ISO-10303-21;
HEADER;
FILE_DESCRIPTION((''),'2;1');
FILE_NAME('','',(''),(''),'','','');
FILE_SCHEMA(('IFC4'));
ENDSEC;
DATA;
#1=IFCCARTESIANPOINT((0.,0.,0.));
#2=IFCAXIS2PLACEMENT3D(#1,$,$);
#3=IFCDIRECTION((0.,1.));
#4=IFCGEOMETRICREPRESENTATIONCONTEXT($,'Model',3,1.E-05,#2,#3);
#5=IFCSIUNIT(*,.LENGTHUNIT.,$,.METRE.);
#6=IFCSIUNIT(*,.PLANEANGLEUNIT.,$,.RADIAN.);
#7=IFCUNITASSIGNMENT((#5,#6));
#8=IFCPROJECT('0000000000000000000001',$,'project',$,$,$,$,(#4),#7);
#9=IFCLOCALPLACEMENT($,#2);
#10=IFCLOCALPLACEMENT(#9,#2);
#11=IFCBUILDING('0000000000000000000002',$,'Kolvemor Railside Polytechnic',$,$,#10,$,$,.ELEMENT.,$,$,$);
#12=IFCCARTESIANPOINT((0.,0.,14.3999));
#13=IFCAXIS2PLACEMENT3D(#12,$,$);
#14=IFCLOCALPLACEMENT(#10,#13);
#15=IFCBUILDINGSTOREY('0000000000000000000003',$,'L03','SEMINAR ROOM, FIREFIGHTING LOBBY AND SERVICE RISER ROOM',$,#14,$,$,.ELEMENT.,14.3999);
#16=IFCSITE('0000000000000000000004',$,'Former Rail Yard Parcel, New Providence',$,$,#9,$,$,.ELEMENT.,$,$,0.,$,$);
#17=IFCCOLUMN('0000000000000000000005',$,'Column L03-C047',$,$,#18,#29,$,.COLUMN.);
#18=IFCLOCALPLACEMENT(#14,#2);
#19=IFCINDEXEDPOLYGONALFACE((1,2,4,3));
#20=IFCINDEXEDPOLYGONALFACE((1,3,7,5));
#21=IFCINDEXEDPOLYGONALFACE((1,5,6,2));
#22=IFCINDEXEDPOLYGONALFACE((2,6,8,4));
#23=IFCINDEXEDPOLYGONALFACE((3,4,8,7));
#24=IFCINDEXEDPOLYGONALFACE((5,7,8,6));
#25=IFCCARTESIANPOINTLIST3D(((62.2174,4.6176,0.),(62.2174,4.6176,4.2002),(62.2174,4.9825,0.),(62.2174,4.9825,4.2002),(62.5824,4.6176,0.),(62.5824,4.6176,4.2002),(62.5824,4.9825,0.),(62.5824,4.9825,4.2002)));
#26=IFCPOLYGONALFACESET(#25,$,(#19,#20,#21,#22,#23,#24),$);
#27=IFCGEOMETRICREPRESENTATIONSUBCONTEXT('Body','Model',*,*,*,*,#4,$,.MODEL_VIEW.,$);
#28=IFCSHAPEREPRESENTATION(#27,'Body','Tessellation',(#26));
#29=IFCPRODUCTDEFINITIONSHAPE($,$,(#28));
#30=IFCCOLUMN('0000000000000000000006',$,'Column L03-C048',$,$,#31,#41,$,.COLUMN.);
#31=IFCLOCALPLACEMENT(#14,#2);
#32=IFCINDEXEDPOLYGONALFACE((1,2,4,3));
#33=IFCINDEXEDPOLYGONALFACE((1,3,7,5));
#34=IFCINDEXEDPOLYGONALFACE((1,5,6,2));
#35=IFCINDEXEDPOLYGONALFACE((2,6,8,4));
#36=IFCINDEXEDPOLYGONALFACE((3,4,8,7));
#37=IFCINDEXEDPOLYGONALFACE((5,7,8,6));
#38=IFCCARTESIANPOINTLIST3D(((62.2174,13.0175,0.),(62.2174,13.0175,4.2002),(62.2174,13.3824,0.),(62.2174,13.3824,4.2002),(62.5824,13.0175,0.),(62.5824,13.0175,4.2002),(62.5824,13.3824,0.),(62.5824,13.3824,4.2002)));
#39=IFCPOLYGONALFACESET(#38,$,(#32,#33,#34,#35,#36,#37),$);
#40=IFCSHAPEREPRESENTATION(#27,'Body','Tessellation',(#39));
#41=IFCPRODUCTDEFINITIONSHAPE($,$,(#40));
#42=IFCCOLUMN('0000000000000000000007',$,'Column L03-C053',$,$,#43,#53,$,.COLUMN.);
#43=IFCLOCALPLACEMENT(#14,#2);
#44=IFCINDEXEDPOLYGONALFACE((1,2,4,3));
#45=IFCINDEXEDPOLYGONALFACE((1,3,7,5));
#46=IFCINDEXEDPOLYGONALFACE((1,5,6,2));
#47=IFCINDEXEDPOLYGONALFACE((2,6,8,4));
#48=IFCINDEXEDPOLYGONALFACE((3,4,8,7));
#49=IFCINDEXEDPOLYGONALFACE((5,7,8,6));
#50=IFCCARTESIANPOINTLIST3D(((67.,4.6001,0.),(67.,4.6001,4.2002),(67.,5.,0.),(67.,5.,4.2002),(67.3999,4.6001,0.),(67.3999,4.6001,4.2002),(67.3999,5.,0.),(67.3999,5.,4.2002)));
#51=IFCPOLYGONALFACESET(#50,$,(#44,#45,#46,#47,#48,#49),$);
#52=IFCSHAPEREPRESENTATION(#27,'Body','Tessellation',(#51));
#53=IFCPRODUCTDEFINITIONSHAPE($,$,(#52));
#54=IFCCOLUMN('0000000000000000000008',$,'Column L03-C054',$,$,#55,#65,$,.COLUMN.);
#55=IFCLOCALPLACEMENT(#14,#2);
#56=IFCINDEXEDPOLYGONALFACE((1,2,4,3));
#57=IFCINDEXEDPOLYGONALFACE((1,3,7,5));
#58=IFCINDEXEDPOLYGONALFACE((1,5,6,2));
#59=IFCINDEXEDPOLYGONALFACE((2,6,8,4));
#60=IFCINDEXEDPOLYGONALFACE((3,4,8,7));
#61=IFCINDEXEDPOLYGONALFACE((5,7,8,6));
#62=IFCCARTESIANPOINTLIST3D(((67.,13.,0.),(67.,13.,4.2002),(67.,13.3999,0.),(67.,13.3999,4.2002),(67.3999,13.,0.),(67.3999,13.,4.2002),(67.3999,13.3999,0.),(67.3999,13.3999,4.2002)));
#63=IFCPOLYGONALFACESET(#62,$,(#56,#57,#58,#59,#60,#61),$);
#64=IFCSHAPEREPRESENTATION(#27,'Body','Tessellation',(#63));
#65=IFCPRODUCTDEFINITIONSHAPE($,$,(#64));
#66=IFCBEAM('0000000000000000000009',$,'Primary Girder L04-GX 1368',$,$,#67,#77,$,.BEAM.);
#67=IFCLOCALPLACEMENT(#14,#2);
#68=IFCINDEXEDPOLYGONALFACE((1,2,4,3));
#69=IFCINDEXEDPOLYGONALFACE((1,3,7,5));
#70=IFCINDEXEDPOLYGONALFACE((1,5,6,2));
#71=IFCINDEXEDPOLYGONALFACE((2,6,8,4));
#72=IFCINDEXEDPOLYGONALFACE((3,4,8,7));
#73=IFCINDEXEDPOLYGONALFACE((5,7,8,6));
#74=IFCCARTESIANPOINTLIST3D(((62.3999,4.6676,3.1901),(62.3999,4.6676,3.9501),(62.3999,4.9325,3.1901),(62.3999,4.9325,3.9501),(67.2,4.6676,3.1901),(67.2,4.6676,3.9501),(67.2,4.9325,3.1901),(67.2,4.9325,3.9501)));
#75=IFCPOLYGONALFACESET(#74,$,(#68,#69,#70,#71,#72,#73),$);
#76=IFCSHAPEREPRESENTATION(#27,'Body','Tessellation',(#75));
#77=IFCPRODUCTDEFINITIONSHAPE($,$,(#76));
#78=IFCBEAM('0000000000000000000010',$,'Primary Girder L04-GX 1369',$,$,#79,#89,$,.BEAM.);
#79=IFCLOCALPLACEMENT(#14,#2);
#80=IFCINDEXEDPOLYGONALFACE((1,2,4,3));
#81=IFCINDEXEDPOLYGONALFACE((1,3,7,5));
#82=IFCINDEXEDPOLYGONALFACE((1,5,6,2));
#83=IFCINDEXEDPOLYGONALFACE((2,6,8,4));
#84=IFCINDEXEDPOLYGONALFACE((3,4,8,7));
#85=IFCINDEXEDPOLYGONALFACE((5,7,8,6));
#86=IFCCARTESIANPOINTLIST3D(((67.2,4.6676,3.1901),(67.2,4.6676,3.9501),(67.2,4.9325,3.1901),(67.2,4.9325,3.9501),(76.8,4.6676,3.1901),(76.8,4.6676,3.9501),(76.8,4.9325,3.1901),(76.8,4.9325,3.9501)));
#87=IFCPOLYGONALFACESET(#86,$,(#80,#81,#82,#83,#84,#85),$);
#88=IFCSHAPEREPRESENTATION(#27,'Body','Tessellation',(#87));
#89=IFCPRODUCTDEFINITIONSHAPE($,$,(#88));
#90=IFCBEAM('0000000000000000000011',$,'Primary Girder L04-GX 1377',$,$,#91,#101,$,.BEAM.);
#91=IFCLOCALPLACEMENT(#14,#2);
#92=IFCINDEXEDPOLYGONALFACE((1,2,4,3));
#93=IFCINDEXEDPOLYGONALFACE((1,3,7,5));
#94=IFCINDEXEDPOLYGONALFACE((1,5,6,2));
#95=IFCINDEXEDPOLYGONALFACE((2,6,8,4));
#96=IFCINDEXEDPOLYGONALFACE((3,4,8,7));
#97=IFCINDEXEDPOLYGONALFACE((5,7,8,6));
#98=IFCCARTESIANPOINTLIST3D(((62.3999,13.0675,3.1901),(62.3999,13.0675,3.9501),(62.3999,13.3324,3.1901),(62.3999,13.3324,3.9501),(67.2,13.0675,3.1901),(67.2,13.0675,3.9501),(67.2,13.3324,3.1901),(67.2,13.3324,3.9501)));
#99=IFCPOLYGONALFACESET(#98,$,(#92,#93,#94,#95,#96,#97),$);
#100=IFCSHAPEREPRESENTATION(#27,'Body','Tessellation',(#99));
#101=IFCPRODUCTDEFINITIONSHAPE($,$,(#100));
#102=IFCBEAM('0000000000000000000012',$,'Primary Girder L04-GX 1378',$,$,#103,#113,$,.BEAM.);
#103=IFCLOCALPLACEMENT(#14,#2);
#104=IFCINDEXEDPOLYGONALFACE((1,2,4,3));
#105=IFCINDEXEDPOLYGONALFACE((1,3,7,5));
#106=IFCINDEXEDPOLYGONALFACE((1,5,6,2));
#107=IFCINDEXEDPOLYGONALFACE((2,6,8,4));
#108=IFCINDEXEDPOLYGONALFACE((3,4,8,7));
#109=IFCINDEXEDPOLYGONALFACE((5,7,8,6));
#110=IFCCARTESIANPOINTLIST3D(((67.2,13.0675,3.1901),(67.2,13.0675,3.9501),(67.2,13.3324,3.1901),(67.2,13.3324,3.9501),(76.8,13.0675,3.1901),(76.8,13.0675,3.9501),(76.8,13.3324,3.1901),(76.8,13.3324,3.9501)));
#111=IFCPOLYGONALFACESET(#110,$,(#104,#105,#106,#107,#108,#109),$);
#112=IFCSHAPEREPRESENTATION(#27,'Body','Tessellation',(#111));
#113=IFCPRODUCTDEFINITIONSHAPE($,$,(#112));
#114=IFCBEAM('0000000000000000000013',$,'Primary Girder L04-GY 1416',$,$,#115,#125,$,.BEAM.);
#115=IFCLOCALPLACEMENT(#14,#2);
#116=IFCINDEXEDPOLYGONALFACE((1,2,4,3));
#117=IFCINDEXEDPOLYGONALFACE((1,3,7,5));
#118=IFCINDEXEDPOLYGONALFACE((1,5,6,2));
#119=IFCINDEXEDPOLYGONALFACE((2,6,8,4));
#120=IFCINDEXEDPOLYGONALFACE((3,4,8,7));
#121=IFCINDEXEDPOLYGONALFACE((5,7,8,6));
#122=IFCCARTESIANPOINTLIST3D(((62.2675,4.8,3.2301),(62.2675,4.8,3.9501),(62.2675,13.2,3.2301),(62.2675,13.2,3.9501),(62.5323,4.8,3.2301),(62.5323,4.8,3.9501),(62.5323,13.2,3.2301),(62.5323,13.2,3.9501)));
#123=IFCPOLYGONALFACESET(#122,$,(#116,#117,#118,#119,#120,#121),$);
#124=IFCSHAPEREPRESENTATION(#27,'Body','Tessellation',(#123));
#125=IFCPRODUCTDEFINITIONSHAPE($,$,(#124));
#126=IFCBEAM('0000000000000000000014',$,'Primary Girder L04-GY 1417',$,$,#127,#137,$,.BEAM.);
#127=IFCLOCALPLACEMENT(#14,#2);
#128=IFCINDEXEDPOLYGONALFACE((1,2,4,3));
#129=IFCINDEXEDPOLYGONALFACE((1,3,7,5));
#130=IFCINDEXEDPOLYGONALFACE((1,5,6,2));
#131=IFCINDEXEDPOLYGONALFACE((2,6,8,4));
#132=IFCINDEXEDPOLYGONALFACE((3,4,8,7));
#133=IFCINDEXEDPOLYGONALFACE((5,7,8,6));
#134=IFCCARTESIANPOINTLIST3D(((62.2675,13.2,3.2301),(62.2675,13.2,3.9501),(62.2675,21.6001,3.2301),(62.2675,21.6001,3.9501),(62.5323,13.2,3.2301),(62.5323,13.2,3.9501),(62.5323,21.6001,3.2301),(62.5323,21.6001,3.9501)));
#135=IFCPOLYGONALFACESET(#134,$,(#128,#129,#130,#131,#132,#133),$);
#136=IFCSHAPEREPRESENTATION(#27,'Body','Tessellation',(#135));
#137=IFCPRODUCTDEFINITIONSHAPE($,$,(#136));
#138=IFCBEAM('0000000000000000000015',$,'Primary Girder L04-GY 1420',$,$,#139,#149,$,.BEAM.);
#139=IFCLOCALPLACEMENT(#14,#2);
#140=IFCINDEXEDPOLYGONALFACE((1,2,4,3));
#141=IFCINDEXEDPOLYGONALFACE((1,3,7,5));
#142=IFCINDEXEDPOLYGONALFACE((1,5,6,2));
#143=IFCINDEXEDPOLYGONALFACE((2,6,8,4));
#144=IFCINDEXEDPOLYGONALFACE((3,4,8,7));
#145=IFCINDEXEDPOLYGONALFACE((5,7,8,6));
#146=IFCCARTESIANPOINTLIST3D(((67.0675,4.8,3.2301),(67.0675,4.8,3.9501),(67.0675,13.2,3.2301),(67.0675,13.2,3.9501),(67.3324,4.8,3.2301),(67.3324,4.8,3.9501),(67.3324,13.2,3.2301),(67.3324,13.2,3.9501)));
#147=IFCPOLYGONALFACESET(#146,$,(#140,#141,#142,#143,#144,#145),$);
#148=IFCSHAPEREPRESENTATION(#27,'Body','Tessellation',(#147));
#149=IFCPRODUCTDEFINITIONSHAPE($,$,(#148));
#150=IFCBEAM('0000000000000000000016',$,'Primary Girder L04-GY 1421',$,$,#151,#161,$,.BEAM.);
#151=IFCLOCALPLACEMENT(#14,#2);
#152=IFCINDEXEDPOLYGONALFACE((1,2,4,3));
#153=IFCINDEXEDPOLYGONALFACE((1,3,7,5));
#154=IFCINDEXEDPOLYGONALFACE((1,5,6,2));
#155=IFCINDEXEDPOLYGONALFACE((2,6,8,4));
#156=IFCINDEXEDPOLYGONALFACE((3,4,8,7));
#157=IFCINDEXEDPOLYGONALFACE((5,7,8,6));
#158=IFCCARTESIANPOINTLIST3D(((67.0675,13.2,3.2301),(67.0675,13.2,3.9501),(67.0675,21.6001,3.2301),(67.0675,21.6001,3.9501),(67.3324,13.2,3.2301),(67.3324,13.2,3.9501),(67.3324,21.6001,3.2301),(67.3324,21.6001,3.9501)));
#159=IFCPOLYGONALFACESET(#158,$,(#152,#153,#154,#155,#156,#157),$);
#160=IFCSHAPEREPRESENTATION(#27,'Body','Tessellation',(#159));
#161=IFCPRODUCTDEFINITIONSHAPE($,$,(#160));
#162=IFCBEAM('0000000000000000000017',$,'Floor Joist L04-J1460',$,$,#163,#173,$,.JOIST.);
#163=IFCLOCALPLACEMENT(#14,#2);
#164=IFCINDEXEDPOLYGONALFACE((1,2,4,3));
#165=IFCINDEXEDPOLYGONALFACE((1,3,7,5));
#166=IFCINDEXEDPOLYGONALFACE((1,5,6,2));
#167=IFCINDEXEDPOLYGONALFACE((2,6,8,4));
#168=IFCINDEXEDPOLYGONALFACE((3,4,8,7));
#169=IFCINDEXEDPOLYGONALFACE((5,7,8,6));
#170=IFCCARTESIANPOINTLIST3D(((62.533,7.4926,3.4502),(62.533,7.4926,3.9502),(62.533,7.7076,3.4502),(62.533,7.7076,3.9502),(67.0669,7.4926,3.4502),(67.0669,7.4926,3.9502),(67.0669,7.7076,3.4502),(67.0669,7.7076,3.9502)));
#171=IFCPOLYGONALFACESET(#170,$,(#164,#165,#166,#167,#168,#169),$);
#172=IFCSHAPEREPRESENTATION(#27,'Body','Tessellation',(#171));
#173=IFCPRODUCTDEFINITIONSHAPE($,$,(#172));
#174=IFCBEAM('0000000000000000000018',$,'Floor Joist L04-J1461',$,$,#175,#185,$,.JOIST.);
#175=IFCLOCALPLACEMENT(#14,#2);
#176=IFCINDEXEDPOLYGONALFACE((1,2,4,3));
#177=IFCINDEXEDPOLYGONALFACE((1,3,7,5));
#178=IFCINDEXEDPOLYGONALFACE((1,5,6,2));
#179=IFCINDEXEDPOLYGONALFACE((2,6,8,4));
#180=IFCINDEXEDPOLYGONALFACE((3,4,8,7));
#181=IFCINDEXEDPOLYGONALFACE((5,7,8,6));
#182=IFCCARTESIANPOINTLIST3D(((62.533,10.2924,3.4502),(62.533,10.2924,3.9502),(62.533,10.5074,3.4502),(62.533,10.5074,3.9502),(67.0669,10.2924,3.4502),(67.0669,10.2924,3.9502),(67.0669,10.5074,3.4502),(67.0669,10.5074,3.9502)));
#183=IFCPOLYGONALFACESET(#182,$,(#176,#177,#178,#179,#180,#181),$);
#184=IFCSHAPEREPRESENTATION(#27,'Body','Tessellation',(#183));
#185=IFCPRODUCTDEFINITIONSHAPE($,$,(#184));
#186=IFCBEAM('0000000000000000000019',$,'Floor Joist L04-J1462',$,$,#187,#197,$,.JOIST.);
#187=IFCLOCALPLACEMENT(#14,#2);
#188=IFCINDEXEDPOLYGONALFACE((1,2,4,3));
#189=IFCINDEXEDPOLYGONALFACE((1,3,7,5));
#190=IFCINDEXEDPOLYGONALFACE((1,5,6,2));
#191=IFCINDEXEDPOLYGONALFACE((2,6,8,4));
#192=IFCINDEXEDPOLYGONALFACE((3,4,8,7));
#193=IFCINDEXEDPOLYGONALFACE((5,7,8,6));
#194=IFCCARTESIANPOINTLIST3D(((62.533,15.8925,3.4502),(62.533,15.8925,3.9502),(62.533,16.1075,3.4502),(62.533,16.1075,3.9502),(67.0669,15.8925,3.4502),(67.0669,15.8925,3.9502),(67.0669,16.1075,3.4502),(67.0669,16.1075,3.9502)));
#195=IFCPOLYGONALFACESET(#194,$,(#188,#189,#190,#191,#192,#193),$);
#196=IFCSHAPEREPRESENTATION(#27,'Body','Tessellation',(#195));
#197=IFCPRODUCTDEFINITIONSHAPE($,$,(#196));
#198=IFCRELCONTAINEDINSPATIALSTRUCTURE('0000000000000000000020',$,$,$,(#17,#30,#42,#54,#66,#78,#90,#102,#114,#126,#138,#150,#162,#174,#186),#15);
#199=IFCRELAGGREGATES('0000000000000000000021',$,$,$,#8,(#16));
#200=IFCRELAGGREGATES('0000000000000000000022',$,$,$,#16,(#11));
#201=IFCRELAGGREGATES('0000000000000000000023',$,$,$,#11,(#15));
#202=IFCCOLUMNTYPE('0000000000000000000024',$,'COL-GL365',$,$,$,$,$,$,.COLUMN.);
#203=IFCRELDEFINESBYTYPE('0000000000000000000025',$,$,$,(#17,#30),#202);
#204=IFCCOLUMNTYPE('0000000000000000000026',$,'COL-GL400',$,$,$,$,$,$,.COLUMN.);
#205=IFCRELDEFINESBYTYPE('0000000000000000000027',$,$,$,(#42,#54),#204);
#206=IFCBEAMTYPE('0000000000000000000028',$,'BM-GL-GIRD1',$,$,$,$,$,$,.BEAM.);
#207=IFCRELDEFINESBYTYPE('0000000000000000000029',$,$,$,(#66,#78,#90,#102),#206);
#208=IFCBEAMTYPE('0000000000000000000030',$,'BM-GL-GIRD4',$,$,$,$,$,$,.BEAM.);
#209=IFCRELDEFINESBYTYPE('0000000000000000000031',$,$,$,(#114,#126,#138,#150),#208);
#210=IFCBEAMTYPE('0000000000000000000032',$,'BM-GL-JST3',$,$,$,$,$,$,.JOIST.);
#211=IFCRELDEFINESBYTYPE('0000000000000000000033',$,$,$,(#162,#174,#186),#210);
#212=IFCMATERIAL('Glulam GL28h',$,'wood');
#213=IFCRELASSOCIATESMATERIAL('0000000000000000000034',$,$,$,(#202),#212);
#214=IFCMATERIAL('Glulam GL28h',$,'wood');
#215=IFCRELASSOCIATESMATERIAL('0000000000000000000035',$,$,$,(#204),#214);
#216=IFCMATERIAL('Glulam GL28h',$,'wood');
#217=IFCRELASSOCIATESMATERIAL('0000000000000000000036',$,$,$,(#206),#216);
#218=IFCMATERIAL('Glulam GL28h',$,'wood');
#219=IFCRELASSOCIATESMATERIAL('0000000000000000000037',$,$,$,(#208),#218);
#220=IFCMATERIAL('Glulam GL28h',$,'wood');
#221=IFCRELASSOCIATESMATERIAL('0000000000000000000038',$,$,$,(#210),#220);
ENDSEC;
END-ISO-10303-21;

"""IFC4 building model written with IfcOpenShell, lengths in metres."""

from ifc_helpers import new_model, si_unit, direction, frame, origin, origin_2d, place, context, subcontext, project, spatial, rectangle, extrude, material, material_profile, profile_set, type_object, element, save


model = new_model("IFC4")

# Units and contexts
model_context = context("Model", 3, precision=1e-05, world=origin(), true_north=direction((0.0, 1.0)))
body_context = subcontext(model_context, "Body", "Model", "MODEL_VIEW")
ifc_project = project(units=[si_unit("LENGTHUNIT", "METRE"), si_unit("PLANEANGLEUNIT", "RADIAN")], contexts=[model_context])

# Site, building, storey
site_placement = place(None, origin())
site = spatial("IfcSite", under=ifc_project, at=site_placement, Name="Former Rail Yard Parcel, New Providence", CompositionType="ELEMENT", RefElevation=0.0)
building_placement = place(site_placement, origin())
building = spatial("IfcBuilding", under=site, at=building_placement, Name="Kolvemor Railside Polytechnic", CompositionType="ELEMENT")
storey_placement = place(building_placement, frame((0.0, 0.0, 14.3999)))
storey = spatial("IfcBuildingStorey", under=building, at=storey_placement, Name="L03", Description="SEMINAR ROOM, FIREFIGHTING LOBBY AND SERVICE RISER ROOM", CompositionType="ELEMENT", Elevation=14.3999)

# Columns
ifc_material_1 = material(Name="Glulam GL28h", Category="wood")
ifc_material_profile_1 = material_profile(ifc_material_1, rectangle(XDim=0.365, YDim=0.365, at=origin_2d()), Name="GL365x365")
ifc_profile_set_1 = profile_set([ifc_material_profile_1], Name="Glulam GL28h")
column_type_1 = type_object("IfcColumnType", Name="COL-GL365", PredefinedType="COLUMN", material=ifc_profile_set_1)
for number, where, z_axis, x_axis, name in (
    (1, (62.3999, 4.8, 0.0), (0.0, 0.0, 1.0), (1.0, 0.0, 0.0), "Column L03-C047"),
    (2, (62.3999, 13.2, 0.0), (0.0, 0.0, 1.0), (1.0, 0.0, 0.0), "Column L03-C048"),
):
    element("IfcColumn", number, at=place(storey_placement, frame(where, z_axis=z_axis, x_axis=x_axis)), inside=storey, type_object=column_type_1, Name=name, PredefinedType="COLUMN", context=body_context, shape_type="SweptSolid", body=[
        extrude(rectangle(XDim=0.365, YDim=0.365, at=origin_2d()), origin(), (0.0, 0.0, 1.0), 4.2002),
    ])
ifc_material_2 = material(Name="Glulam GL28h", Category="wood")
ifc_material_profile_2 = material_profile(ifc_material_2, rectangle(XDim=0.3999, YDim=0.3999, at=origin_2d()), Name="GL400x400")
ifc_profile_set_2 = profile_set([ifc_material_profile_2], Name="Glulam GL28h")
column_type_2 = type_object("IfcColumnType", Name="COL-GL400", PredefinedType="COLUMN", material=ifc_profile_set_2)
for number, where, z_axis, x_axis, name in (
    (3, (67.2, 4.8, 0.0), (0.0, 0.0, 1.0), (1.0, 0.0, 0.0), "Column L03-C053"),
    (4, (67.2, 13.2, 0.0), (0.0, 0.0, 1.0), (1.0, 0.0, 0.0), "Column L03-C054"),
):
    element("IfcColumn", number, at=place(storey_placement, frame(where, z_axis=z_axis, x_axis=x_axis)), inside=storey, type_object=column_type_2, Name=name, PredefinedType="COLUMN", context=body_context, shape_type="SweptSolid", body=[
        extrude(rectangle(XDim=0.3999, YDim=0.3999, at=origin_2d()), origin(), (0.0, 0.0, 1.0), 4.2002),
    ])

# Beams
ifc_material_3 = material(Name="Glulam GL28h", Category="wood")
ifc_material_profile_3 = material_profile(ifc_material_3, rectangle(XDim=0.2649, YDim=0.76, at=origin_2d()), Name="GL265x760")
ifc_profile_set_3 = profile_set([ifc_material_profile_3], Name="Glulam GL28h")
beam_type_1 = type_object("IfcBeamType", Name="BM-GL-GIRD1", PredefinedType="BEAM", material=ifc_profile_set_3)
beam_1_placement = place(storey_placement, frame((62.3999, 4.8, 3.5701), z_axis=(1.0, 0.0, 0.0), x_axis=(0.0, 1.0, 0.0)))
element("IfcBeam", 5, at=beam_1_placement, inside=storey, type_object=beam_type_1, Name="Primary Girder L04-GX 1368", PredefinedType="BEAM", context=body_context, shape_type="SweptSolid", body=[
    extrude(rectangle(XDim=0.2649, YDim=0.76, at=origin_2d()), origin(), (0.0, 0.0, 1.0), 4.8),
])
beam_2_placement = place(storey_placement, frame((67.2, 4.8, 3.5701), z_axis=(1.0, 0.0, 0.0), x_axis=(0.0, 1.0, 0.0)))
element("IfcBeam", 6, at=beam_2_placement, inside=storey, type_object=beam_type_1, Name="Primary Girder L04-GX 1369", PredefinedType="BEAM", context=body_context, shape_type="SweptSolid", body=[
    extrude(rectangle(XDim=0.2649, YDim=0.76, at=origin_2d()), origin(), (0.0, 0.0, 1.0), 9.6001),
])
beam_3_placement = place(storey_placement, frame((62.3999, 13.2, 3.5701), z_axis=(1.0, 0.0, 0.0), x_axis=(0.0, 1.0, 0.0)))
element("IfcBeam", 7, at=beam_3_placement, inside=storey, type_object=beam_type_1, Name="Primary Girder L04-GX 1377", PredefinedType="BEAM", context=body_context, shape_type="SweptSolid", body=[
    extrude(rectangle(XDim=0.2649, YDim=0.76, at=origin_2d()), origin(), (0.0, 0.0, 1.0), 4.8),
])
beam_4_placement = place(storey_placement, frame((67.2, 13.2, 3.5701), z_axis=(1.0, 0.0, 0.0), x_axis=(0.0, 1.0, 0.0)))
element("IfcBeam", 8, at=beam_4_placement, inside=storey, type_object=beam_type_1, Name="Primary Girder L04-GX 1378", PredefinedType="BEAM", context=body_context, shape_type="SweptSolid", body=[
    extrude(rectangle(XDim=0.2649, YDim=0.76, at=origin_2d()), origin(), (0.0, 0.0, 1.0), 9.6001),
])
ifc_material_4 = material(Name="Glulam GL28h", Category="wood")
ifc_material_profile_4 = material_profile(ifc_material_4, rectangle(XDim=0.2649, YDim=0.72, at=origin_2d()), Name="GL265x720")
ifc_profile_set_4 = profile_set([ifc_material_profile_4], Name="Glulam GL28h")
beam_type_2 = type_object("IfcBeamType", Name="BM-GL-GIRD4", PredefinedType="BEAM", material=ifc_profile_set_4)
beam_5_placement = place(storey_placement, frame((62.3999, 4.8, 3.5901), z_axis=(0.0, 1.0, 0.0), x_axis=(-1.0, 0.0, 0.0)))
element("IfcBeam", 9, at=beam_5_placement, inside=storey, type_object=beam_type_2, Name="Primary Girder L04-GY 1416", PredefinedType="BEAM", context=body_context, shape_type="SweptSolid", body=[
    extrude(rectangle(XDim=0.2649, YDim=0.72, at=origin_2d()), origin(), (0.0, 0.0, 1.0), 8.3999),
])
beam_6_placement = place(storey_placement, frame((62.3999, 13.2, 3.5901), z_axis=(0.0, 1.0, 0.0), x_axis=(-1.0, 0.0, 0.0)))
element("IfcBeam", 10, at=beam_6_placement, inside=storey, type_object=beam_type_2, Name="Primary Girder L04-GY 1417", PredefinedType="BEAM", context=body_context, shape_type="SweptSolid", body=[
    extrude(rectangle(XDim=0.2649, YDim=0.72, at=origin_2d()), origin(), (0.0, 0.0, 1.0), 8.4001),
])
beam_7_placement = place(storey_placement, frame((67.2, 4.8, 3.5901), z_axis=(0.0, 1.0, 0.0), x_axis=(-1.0, 0.0, 0.0)))
element("IfcBeam", 11, at=beam_7_placement, inside=storey, type_object=beam_type_2, Name="Primary Girder L04-GY 1420", PredefinedType="BEAM", context=body_context, shape_type="SweptSolid", body=[
    extrude(rectangle(XDim=0.2649, YDim=0.72, at=origin_2d()), origin(), (0.0, 0.0, 1.0), 8.3999),
])
beam_8_placement = place(storey_placement, frame((67.2, 13.2, 3.5901), z_axis=(0.0, 1.0, 0.0), x_axis=(-1.0, 0.0, 0.0)))
element("IfcBeam", 12, at=beam_8_placement, inside=storey, type_object=beam_type_2, Name="Primary Girder L04-GY 1421", PredefinedType="BEAM", context=body_context, shape_type="SweptSolid", body=[
    extrude(rectangle(XDim=0.2649, YDim=0.72, at=origin_2d()), origin(), (0.0, 0.0, 1.0), 8.4001),
])
ifc_material_5 = material(Name="Glulam GL28h", Category="wood")
ifc_material_profile_5 = material_profile(ifc_material_5, rectangle(XDim=0.2151, YDim=0.5, at=origin_2d()), Name="GL215x500")
ifc_profile_set_5 = profile_set([ifc_material_profile_5], Name="Glulam GL28h")
beam_type_3 = type_object("IfcBeamType", Name="BM-GL-JST3", PredefinedType="JOIST", material=ifc_profile_set_5)
for number, where, z_axis, x_axis, name in (
    (13, (62.533, 7.6001, 3.7002), (1.0, 0.0, 0.0), (0.0, 1.0, 0.0), "Floor Joist L04-J1460"),
    (14, (62.533, 10.3999, 3.7002), (1.0, 0.0, 0.0), (0.0, 1.0, 0.0), "Floor Joist L04-J1461"),
    (15, (62.533, 16.0, 3.7002), (1.0, 0.0, 0.0), (0.0, 1.0, 0.0), "Floor Joist L04-J1462"),
):
    element("IfcBeam", number, at=place(storey_placement, frame(where, z_axis=z_axis, x_axis=x_axis)), inside=storey, type_object=beam_type_3, Name=name, PredefinedType="JOIST", context=body_context, shape_type="SweptSolid", body=[
        extrude(rectangle(XDim=0.2151, YDim=0.5, at=origin_2d()), origin(), (0.0, 0.0, 1.0), 4.5339),
    ])

save(model, "model.ifc")
